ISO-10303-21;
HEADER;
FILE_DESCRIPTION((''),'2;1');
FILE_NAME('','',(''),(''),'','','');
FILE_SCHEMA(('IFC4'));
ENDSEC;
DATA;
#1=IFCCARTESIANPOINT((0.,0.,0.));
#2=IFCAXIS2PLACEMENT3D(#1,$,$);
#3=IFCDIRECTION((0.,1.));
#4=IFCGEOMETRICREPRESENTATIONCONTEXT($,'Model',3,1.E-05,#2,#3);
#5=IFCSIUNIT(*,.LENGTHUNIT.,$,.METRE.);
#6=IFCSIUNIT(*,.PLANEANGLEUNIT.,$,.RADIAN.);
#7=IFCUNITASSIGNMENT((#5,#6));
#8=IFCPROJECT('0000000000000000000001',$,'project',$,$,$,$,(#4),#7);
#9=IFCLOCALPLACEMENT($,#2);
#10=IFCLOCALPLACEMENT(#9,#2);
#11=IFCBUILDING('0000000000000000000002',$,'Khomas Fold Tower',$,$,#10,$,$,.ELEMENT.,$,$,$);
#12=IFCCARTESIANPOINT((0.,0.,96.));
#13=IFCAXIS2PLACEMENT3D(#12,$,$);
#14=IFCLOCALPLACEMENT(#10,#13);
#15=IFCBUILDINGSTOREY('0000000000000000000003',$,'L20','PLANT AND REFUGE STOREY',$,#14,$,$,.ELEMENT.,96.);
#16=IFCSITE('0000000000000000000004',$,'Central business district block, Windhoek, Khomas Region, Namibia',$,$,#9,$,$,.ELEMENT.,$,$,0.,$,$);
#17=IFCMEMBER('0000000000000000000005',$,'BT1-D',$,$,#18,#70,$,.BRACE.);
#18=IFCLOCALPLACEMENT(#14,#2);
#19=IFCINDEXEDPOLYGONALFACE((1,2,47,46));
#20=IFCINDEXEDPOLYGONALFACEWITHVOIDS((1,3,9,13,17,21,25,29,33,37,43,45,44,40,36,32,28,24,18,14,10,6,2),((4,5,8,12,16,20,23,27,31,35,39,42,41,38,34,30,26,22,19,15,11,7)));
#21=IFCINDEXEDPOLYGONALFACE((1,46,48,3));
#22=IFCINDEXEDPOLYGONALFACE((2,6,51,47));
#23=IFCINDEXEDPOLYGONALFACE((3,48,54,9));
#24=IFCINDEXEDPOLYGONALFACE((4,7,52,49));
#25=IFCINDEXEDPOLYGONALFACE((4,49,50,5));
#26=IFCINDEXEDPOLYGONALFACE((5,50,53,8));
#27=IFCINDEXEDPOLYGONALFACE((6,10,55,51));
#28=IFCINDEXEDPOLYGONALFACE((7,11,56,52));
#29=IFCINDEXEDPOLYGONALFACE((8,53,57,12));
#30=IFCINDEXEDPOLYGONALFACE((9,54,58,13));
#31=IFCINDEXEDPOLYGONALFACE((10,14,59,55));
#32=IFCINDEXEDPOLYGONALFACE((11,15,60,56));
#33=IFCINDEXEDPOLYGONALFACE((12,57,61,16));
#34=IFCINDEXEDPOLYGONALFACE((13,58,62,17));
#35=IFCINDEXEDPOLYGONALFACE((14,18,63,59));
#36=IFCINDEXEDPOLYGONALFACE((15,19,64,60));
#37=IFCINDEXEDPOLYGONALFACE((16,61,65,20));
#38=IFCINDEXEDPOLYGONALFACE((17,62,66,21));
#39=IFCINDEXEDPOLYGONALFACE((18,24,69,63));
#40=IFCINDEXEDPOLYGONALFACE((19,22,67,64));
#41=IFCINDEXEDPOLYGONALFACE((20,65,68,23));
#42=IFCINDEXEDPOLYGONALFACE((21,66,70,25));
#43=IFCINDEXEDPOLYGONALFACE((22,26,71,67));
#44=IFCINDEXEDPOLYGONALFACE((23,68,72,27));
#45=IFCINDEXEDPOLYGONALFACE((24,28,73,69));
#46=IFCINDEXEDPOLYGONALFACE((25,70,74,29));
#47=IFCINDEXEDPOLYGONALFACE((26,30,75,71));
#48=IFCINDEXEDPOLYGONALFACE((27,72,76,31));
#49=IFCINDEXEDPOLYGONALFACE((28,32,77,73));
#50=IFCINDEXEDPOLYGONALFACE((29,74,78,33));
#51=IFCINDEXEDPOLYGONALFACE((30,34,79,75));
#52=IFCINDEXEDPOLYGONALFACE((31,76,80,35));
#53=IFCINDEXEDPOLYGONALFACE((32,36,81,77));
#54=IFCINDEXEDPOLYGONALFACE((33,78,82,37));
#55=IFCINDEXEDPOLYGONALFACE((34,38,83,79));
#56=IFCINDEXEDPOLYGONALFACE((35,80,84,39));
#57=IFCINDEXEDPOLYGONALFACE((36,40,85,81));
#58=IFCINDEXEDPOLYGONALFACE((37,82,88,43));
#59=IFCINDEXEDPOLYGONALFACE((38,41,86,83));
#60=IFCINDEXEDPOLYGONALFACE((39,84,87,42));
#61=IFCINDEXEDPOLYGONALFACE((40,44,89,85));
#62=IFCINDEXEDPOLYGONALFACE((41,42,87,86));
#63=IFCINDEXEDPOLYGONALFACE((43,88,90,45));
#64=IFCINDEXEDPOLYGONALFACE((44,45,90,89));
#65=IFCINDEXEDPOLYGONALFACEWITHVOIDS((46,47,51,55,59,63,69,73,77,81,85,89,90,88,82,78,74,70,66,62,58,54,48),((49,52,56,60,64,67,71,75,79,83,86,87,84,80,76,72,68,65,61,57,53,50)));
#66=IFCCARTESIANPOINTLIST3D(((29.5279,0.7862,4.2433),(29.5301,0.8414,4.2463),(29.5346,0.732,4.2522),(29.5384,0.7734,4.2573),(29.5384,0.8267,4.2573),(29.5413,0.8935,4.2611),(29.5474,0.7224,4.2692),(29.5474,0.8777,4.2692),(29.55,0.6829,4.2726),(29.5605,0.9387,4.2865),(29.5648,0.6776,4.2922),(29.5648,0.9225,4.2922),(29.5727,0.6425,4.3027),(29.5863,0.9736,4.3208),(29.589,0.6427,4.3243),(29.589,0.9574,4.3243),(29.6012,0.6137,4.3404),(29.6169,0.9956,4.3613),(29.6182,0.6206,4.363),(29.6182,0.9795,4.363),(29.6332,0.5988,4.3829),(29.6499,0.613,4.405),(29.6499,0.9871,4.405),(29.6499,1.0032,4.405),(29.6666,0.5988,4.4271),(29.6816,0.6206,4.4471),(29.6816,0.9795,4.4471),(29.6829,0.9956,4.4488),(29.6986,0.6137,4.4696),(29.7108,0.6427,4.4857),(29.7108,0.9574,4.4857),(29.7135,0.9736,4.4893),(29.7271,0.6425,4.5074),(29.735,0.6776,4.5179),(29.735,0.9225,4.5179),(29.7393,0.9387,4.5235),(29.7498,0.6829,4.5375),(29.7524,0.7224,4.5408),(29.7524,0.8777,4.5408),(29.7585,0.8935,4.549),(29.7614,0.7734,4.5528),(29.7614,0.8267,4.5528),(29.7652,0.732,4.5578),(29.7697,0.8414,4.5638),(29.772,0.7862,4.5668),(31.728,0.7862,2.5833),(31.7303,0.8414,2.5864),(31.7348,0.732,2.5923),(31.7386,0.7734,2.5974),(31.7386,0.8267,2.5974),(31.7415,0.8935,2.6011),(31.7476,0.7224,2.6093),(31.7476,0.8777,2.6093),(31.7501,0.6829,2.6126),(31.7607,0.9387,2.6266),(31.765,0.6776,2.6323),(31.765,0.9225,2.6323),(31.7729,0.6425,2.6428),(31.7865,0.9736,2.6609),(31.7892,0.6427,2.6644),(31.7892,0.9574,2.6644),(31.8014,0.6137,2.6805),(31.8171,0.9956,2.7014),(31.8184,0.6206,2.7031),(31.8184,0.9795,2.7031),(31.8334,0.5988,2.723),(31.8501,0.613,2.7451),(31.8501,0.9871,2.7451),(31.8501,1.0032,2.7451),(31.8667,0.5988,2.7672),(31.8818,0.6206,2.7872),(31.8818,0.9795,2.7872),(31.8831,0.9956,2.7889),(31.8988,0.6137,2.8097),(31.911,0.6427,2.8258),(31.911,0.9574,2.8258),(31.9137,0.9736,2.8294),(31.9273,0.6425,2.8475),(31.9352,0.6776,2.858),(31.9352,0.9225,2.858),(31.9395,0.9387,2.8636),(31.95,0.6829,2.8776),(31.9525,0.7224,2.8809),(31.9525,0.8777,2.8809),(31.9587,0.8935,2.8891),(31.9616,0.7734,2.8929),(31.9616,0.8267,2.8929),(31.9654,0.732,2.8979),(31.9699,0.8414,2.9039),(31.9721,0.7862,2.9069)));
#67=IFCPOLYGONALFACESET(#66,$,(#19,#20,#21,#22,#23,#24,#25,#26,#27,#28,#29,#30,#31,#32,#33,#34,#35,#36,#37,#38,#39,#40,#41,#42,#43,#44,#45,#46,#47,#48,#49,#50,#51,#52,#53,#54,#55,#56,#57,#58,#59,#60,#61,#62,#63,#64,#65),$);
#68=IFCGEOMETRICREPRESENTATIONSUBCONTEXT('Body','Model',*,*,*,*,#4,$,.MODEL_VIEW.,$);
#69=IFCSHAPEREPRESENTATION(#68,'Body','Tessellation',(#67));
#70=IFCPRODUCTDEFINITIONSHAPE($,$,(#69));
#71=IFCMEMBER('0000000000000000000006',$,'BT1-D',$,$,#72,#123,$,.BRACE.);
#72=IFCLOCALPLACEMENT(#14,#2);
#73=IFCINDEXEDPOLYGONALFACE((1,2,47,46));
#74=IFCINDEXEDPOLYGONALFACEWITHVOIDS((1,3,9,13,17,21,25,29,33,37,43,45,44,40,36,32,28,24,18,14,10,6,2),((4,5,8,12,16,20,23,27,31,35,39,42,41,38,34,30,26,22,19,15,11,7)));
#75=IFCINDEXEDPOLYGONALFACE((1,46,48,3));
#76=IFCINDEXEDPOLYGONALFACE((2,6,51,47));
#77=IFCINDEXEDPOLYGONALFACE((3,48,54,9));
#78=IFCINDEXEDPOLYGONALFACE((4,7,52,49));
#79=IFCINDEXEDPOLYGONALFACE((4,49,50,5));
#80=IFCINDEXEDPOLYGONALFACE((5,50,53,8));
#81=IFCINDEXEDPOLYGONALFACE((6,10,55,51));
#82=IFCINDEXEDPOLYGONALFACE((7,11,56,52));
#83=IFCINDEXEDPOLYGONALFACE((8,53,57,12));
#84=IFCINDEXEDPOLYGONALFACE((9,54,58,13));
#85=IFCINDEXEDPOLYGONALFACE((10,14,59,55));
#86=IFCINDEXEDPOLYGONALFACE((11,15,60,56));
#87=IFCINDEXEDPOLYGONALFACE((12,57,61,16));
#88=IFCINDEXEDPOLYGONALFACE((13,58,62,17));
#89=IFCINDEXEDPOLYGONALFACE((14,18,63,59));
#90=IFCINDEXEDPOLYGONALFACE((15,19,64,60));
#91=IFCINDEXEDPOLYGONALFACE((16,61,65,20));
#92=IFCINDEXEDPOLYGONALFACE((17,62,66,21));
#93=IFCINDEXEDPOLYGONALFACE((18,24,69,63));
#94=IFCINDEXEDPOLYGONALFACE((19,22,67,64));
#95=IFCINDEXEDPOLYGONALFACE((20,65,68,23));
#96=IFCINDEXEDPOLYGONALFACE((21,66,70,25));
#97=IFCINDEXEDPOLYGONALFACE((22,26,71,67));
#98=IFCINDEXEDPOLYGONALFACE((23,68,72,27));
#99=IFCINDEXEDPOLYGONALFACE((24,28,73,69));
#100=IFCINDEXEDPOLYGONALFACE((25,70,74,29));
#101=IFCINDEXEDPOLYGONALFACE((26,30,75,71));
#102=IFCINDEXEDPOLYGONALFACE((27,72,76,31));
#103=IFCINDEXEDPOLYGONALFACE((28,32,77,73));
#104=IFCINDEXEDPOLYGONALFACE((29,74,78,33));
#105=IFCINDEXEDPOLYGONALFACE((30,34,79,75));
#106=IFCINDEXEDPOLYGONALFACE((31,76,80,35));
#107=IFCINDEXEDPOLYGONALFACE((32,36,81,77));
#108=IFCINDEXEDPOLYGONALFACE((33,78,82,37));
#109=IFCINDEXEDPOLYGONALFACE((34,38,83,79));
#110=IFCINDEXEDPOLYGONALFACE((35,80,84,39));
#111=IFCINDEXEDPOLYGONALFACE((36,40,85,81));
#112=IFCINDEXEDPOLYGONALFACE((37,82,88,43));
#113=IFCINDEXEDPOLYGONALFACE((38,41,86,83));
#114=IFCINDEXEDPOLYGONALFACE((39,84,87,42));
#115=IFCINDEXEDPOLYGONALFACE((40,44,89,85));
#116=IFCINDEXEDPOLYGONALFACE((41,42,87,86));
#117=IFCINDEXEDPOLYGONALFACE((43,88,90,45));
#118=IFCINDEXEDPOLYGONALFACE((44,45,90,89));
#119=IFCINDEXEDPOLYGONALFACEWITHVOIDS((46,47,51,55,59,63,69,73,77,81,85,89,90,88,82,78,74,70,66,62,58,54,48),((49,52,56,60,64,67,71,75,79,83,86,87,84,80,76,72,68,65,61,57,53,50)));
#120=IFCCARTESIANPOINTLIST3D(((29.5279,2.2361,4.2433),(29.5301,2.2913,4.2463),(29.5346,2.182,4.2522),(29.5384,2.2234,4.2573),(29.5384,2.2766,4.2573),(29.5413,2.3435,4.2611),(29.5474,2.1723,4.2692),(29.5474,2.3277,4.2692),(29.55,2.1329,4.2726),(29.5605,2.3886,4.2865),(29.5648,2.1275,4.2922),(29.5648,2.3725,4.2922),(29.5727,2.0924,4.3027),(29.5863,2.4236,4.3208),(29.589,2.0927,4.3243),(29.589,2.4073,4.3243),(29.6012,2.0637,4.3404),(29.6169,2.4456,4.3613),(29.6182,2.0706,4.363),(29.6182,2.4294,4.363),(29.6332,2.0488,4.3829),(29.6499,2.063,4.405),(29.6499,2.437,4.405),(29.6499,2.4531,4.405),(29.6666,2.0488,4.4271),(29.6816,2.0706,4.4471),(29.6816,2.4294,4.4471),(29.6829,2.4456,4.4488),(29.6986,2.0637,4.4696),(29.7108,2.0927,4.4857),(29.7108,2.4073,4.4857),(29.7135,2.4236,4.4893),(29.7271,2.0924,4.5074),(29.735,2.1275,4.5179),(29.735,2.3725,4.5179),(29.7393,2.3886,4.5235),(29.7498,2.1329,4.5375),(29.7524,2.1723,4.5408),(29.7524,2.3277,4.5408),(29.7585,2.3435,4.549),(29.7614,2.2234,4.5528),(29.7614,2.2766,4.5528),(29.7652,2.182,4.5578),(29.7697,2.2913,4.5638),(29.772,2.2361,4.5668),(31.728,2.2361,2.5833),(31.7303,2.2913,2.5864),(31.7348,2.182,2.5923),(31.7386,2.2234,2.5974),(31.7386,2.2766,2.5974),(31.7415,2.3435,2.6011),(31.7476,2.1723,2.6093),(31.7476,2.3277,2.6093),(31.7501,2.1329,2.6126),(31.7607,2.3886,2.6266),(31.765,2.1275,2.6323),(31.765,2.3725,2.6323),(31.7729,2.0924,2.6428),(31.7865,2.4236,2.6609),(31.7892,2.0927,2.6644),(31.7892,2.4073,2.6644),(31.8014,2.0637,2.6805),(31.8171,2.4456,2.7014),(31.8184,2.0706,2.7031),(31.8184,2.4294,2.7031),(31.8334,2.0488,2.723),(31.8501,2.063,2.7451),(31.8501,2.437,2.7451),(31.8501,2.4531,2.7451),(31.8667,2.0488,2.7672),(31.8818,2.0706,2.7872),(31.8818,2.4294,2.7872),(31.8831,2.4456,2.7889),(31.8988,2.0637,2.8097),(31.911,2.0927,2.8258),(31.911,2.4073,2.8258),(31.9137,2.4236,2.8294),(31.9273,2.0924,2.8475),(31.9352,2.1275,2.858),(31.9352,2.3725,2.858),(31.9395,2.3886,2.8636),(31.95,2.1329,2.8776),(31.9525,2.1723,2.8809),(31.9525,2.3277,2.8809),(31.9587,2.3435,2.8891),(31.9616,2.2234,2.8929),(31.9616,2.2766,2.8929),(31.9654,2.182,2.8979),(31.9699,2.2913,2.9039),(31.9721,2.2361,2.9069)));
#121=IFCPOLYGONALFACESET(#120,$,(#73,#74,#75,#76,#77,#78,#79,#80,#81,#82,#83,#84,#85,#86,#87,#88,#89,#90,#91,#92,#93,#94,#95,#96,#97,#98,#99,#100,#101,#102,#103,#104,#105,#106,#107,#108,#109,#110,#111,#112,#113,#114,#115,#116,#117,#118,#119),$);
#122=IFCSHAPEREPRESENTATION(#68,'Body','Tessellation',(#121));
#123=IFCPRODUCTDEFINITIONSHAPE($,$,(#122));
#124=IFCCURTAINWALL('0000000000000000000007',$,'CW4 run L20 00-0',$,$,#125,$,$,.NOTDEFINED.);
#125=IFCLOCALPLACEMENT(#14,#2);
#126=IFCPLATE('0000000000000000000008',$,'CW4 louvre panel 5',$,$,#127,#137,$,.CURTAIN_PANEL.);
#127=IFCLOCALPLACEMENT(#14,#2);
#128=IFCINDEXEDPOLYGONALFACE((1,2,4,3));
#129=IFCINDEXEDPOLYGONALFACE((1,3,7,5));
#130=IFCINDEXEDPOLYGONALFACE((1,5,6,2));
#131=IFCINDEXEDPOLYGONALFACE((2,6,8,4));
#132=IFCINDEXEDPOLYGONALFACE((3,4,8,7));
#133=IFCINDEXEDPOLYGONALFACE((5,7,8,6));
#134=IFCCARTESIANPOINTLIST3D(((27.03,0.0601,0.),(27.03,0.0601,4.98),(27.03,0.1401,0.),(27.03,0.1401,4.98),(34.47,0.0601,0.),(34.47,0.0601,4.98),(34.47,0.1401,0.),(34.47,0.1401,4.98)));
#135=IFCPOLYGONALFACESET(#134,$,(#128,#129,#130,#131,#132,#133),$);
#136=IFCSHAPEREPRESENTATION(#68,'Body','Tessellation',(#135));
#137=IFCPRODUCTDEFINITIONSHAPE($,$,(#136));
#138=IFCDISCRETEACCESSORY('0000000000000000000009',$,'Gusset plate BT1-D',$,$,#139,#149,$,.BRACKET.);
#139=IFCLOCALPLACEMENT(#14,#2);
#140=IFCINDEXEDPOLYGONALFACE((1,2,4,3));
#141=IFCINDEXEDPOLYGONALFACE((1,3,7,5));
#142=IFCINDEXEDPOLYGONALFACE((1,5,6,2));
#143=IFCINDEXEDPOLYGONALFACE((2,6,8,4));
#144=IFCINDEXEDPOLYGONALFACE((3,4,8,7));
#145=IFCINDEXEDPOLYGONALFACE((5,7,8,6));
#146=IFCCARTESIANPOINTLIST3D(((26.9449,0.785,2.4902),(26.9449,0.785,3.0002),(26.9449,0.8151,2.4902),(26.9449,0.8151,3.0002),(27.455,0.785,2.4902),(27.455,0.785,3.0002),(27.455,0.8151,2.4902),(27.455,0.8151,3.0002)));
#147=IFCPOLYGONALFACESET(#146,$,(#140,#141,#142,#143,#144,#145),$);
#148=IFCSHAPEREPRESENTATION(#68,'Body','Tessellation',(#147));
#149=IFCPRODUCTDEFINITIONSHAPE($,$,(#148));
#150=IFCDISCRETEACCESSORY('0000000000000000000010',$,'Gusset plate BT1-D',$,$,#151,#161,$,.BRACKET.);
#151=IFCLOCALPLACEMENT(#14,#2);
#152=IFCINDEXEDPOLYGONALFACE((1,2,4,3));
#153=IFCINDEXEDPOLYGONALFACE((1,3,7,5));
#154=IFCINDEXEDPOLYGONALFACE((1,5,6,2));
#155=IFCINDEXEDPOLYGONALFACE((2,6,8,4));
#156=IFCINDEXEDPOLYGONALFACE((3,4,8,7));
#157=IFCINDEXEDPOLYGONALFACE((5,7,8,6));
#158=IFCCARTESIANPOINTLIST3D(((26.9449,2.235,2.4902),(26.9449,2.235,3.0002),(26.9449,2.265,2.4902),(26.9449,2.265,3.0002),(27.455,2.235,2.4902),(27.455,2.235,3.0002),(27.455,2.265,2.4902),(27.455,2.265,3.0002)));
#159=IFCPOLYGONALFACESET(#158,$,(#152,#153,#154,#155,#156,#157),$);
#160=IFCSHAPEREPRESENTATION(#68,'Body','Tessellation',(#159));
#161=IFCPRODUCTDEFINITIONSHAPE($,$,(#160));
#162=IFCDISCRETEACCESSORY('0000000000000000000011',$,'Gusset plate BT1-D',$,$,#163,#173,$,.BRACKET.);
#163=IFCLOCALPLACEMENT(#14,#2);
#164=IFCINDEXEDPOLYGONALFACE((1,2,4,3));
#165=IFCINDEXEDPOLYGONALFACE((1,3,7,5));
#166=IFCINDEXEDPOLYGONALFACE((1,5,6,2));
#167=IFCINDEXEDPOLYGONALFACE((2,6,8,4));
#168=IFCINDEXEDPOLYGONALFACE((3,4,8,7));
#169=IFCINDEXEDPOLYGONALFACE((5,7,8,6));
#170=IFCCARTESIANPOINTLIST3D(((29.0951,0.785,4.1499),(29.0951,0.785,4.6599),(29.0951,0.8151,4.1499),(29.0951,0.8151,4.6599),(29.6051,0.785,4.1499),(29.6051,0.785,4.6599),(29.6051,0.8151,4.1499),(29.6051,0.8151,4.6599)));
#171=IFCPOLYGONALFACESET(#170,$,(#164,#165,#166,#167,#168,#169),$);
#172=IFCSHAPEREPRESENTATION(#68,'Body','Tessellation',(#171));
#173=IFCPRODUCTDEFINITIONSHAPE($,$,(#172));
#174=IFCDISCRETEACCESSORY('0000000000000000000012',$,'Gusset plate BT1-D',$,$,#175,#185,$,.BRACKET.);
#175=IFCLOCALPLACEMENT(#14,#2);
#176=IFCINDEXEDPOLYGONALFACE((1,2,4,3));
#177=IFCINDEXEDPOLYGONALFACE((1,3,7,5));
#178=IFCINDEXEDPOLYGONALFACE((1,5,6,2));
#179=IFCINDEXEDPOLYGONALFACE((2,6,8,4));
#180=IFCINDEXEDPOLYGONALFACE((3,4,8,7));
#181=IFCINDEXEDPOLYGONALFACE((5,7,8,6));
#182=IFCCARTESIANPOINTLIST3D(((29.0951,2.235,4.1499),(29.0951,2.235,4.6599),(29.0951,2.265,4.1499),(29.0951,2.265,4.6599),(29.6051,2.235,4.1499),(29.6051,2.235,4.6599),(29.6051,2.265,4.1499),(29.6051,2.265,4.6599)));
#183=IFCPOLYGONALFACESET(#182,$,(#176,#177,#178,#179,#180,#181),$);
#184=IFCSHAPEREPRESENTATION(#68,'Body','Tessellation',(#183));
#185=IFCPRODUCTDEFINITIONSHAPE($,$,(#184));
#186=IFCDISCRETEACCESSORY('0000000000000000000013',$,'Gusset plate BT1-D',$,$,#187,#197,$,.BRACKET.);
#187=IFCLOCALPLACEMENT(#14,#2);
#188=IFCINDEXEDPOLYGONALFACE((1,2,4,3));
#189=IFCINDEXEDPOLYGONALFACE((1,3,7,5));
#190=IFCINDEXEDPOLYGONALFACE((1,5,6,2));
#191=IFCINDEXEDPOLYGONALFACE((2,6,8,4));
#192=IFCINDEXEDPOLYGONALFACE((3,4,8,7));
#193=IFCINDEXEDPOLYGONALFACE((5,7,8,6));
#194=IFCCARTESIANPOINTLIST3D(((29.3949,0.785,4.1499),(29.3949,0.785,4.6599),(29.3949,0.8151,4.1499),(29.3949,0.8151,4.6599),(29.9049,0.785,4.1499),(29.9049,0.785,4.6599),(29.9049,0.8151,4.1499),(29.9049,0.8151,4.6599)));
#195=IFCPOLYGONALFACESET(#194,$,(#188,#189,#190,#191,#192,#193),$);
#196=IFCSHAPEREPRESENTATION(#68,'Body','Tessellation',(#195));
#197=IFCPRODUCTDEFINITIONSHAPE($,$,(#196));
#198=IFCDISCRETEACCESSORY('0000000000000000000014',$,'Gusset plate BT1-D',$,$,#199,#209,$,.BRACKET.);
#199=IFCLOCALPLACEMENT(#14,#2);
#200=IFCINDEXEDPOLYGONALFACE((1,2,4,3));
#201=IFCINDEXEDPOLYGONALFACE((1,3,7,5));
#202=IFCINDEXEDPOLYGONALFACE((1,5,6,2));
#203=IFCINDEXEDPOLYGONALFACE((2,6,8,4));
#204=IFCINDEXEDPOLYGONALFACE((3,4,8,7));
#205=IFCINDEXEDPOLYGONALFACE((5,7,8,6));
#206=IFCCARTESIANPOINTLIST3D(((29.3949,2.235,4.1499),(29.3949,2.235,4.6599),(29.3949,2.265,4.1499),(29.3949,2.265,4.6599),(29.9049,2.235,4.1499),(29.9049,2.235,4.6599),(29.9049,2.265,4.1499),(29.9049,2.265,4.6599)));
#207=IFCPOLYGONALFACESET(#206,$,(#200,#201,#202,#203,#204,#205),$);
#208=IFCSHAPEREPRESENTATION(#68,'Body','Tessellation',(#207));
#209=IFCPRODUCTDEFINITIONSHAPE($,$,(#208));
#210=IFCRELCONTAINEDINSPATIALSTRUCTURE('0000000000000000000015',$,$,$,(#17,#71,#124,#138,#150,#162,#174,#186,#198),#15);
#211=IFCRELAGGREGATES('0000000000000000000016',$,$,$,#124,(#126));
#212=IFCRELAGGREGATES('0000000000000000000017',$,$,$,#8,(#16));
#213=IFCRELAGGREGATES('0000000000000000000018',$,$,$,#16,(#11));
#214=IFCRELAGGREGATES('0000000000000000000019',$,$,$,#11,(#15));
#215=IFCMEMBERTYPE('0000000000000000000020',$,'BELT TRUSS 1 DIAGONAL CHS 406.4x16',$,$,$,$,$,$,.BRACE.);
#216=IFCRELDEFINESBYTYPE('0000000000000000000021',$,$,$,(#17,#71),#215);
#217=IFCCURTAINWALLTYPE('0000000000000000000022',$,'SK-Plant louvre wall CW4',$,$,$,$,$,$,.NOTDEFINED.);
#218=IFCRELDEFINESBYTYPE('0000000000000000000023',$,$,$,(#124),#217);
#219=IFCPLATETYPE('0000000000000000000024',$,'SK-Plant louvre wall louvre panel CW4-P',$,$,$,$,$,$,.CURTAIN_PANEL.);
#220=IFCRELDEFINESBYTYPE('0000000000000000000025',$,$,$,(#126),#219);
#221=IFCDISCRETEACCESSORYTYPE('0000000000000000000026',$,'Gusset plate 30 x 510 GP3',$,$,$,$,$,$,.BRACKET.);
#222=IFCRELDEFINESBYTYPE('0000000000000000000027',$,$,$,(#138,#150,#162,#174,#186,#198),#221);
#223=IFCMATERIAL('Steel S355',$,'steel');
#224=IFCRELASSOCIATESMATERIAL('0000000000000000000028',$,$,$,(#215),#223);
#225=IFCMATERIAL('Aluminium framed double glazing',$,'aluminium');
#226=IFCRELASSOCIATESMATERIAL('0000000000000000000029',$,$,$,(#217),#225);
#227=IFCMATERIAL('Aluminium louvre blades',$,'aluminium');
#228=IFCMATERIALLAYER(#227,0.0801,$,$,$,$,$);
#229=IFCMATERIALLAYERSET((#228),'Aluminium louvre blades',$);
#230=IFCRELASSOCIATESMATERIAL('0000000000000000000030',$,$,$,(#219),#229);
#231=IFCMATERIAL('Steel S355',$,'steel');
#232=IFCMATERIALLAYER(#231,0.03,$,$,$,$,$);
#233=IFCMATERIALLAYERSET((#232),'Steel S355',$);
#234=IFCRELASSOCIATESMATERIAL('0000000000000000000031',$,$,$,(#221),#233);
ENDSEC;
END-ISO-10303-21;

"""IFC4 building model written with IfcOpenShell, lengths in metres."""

from ifc_helpers import new_model, si_unit, direction, frame, origin, origin_2d, place, context, subcontext, project, spatial, rectangle, hollow_circle, extrude, source, transform, mapped, material, layer, layer_set, material_profile, profile_set, type_object, element, aggregate, save


model = new_model("IFC4")

# Units and contexts
model_context = context("Model", 3, precision=1e-05, world=origin(), true_north=direction((0.0, 1.0)))
body_context = subcontext(model_context, "Body", "Model", "MODEL_VIEW")
ifc_project = project(units=[si_unit("LENGTHUNIT", "METRE"), si_unit("PLANEANGLEUNIT", "RADIAN")], contexts=[model_context])

# Site, building, storey
site_placement = place(None, origin())
site = spatial("IfcSite", under=ifc_project, at=site_placement, Name="Central business district block, Windhoek, Khomas Region, Namibia", CompositionType="ELEMENT", RefElevation=0.0)
building_placement = place(site_placement, origin())
building = spatial("IfcBuilding", under=site, at=building_placement, Name="Khomas Fold Tower", CompositionType="ELEMENT")
storey_placement = place(building_placement, frame((0.0, 0.0, 96.0)))
storey = spatial("IfcBuildingStorey", under=building, at=storey_placement, Name="L20", Description="PLANT AND REFUGE STOREY", CompositionType="ELEMENT", Elevation=96.0)

# Members
ifc_material_1 = material(Name="Steel S355", Category="steel")
ifc_material_profile_1 = material_profile(ifc_material_1, hollow_circle(Radius=0.2031, WallThickness=0.0161, at=origin_2d()), Name="CHS 406.4x16")
ifc_profile_set_1 = profile_set([ifc_material_profile_1], Name="Steel S355")
member_type_1 = type_object("IfcMemberType", Name="BELT TRUSS 1 DIAGONAL CHS 406.4x16", PredefinedType="BRACE", material=ifc_profile_set_1)
shared_shape_1 = source(origin(), body_context, "Body", "SweptSolid", [
    extrude(hollow_circle(Radius=0.2031, WallThickness=0.0161, at=origin_2d()), origin(), (0.0, 0.0, 1.0), 2.7561),
])
for number, where, z_axis, x_axis, name in (
    (1, (29.6499, 0.8, 4.405), (0.798296, 0.0, -0.602265), (0.0, 1.0, 0.0), "BT1-D"),
    (2, (29.6499, 2.25, 4.405), (0.798296, 0.0, -0.602265), (0.0, 1.0, 0.0), "BT1-D"),
):
    element("IfcMember", number, at=place(storey_placement, frame(where, z_axis=z_axis, x_axis=x_axis)), inside=storey, type_object=member_type_1, Name=name, PredefinedType="BRACE", context=body_context, shape_type="MappedRepresentation", body=[
        mapped(shared_shape_1, transform((0.0, 0.0, 0.0))),
    ])

# Curtain wall, plate
ifc_material_2 = material(Name="Aluminium framed double glazing", Category="aluminium")
curtain_wall_type = type_object("IfcCurtainWallType", Name="SK-Plant louvre wall CW4", PredefinedType="NOTDEFINED", material=ifc_material_2)
curtain_wall_placement = place(storey_placement, origin())
curtain_wall = element("IfcCurtainWall", 3, at=curtain_wall_placement, inside=storey, type_object=curtain_wall_type, Name="CW4 run L20 00-0", PredefinedType="NOTDEFINED")
ifc_material_3 = material(Name="Aluminium louvre blades", Category="aluminium")
ifc_layer_1 = layer(ifc_material_3, 0.0801)
ifc_layer_set_1 = layer_set([ifc_layer_1], Name="Aluminium louvre blades")
plate_type = type_object("IfcPlateType", Name="SK-Plant louvre wall louvre panel CW4-P", PredefinedType="CURTAIN_PANEL", material=ifc_layer_set_1)
shared_shape_2 = source(origin(), body_context, "Body", "SweptSolid", [
    extrude(rectangle(XDim=7.4399, YDim=0.0801, at=origin_2d()), origin(), (0.0, 0.0, 1.0), 4.98),
])
plate_placement = place(storey_placement, frame((30.75, 0.1001, 0.0), z_axis=(0.0, 0.0, 1.0), x_axis=(1.0, 0.0, 0.0)))
plate = element("IfcPlate", 4, at=plate_placement, type_object=plate_type, Name="CW4 louvre panel 5", PredefinedType="CURTAIN_PANEL", context=body_context, shape_type="MappedRepresentation", body=[
    mapped(shared_shape_2, transform((0.0, 0.0, 0.0))),
])
aggregate(curtain_wall, [plate])

# Discrete accessories
ifc_material_4 = material(Name="Steel S355", Category="steel")
ifc_layer_2 = layer(ifc_material_4, 0.03)
ifc_layer_set_2 = layer_set([ifc_layer_2], Name="Steel S355")
discrete_accessory_type = type_object("IfcDiscreteAccessoryType", Name="Gusset plate 30 x 510 GP3", PredefinedType="BRACKET", material=ifc_layer_set_2)
shared_shape_3 = source(origin(), body_context, "Body", "SweptSolid", [
    extrude(rectangle(XDim=0.51, YDim=0.03, at=origin_2d()), origin(), (0.0, 0.0, 1.0), 0.51),
])
for number, where, z_axis, x_axis, name in (
    (5, (27.2, 0.8, 2.4902), (0.0, 0.0, 1.0), (1.0, 0.0, 0.0), "Gusset plate BT1-D"),
    (6, (27.2, 2.25, 2.4902), (0.0, 0.0, 1.0), (1.0, 0.0, 0.0), "Gusset plate BT1-D"),
    (7, (29.3501, 0.8, 4.1499), (0.0, 0.0, 1.0), (1.0, 0.0, 0.0), "Gusset plate BT1-D"),
    (8, (29.3501, 2.25, 4.1499), (0.0, 0.0, 1.0), (1.0, 0.0, 0.0), "Gusset plate BT1-D"),
    (9, (29.6499, 0.8, 4.1499), (0.0, 0.0, 1.0), (1.0, 0.0, 0.0), "Gusset plate BT1-D"),
    (10, (29.6499, 2.25, 4.1499), (0.0, 0.0, 1.0), (1.0, 0.0, 0.0), "Gusset plate BT1-D"),
):
    element("IfcDiscreteAccessory", number, at=place(storey_placement, frame(where, z_axis=z_axis, x_axis=x_axis)), inside=storey, type_object=discrete_accessory_type, Name=name, PredefinedType="BRACKET", context=body_context, shape_type="MappedRepresentation", body=[
        mapped(shared_shape_3, transform((0.0, 0.0, 0.0))),
    ])

save(model, "model.ifc")
